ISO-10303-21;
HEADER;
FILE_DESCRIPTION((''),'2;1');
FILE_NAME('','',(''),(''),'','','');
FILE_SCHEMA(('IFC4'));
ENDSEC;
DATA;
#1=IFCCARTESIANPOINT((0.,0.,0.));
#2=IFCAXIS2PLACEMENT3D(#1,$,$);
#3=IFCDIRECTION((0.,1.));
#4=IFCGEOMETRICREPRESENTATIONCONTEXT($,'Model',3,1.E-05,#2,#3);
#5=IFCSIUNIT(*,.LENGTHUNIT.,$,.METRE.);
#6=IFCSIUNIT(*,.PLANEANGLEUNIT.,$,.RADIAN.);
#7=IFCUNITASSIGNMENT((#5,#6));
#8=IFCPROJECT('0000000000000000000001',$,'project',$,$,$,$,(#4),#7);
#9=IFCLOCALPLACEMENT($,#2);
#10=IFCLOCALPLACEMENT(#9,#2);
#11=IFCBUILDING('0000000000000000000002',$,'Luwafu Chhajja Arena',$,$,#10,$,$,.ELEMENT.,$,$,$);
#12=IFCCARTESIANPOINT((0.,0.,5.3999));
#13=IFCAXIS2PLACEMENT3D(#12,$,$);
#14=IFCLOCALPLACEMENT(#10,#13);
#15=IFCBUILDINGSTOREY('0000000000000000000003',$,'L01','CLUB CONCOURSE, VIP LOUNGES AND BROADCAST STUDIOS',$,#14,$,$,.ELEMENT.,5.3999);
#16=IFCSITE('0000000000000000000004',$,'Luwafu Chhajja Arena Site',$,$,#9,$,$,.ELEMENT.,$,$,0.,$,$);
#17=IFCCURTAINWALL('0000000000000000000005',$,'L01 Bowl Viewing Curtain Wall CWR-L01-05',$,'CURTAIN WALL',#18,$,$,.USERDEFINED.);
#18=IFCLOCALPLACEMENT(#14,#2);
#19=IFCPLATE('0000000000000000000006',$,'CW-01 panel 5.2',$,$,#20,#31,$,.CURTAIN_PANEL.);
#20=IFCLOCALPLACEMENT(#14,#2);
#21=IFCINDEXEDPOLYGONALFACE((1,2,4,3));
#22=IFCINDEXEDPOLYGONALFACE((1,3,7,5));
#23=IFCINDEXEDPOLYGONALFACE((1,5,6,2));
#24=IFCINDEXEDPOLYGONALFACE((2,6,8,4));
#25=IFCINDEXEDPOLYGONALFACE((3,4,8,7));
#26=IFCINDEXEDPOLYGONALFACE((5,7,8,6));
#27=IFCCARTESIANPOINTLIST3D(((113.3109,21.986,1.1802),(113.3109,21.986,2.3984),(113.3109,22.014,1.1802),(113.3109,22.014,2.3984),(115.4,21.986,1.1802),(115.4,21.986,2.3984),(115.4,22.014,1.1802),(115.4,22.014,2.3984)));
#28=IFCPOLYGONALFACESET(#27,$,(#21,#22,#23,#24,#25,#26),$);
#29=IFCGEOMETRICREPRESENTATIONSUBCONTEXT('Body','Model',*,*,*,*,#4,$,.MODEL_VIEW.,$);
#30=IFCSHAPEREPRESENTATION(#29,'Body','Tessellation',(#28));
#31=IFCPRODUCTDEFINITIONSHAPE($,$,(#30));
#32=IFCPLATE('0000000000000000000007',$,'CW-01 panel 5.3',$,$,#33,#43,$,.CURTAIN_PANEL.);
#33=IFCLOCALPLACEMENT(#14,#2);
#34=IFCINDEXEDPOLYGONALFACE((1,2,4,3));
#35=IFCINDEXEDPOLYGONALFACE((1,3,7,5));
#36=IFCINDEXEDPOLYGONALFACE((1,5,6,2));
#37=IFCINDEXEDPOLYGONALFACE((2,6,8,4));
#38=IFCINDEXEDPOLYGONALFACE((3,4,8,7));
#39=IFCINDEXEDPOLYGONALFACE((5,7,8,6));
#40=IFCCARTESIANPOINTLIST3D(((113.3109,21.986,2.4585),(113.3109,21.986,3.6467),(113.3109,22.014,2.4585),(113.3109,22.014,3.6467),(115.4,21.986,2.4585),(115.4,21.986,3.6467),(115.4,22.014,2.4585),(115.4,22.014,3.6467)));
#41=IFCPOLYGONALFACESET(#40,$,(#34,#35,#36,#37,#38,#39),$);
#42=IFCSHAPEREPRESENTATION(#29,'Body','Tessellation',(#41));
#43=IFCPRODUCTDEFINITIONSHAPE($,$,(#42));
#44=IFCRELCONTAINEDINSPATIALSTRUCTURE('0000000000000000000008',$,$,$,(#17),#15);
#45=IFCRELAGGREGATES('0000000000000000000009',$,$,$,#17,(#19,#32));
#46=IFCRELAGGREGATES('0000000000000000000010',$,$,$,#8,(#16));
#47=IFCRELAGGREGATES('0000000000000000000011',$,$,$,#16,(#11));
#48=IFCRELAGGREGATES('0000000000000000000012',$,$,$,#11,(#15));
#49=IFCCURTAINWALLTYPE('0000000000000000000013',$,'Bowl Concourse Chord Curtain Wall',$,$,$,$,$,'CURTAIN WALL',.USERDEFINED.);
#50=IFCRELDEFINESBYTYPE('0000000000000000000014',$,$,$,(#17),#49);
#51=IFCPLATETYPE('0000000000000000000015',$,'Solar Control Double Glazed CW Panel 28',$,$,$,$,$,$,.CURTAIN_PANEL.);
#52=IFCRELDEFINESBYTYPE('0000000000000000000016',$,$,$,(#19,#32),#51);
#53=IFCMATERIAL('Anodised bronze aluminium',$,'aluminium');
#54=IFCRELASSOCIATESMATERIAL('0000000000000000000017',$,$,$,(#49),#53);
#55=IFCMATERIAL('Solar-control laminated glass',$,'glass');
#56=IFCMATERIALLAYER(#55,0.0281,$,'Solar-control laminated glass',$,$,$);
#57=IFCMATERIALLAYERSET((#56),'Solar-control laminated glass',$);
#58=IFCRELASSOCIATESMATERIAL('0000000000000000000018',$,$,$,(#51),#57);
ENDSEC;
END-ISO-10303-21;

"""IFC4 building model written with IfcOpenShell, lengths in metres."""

from ifc_helpers import new_model, si_unit, direction, frame, origin, origin_2d, place, context, subcontext, project, spatial, rectangle, extrude, material, layer, layer_set, type_object, element, aggregate, save


model = new_model("IFC4")

# Units and contexts
model_context = context("Model", 3, precision=1e-05, world=origin(), true_north=direction((0.0, 1.0)))
body_context = subcontext(model_context, "Body", "Model", "MODEL_VIEW")
ifc_project = project(units=[si_unit("LENGTHUNIT", "METRE"), si_unit("PLANEANGLEUNIT", "RADIAN")], contexts=[model_context])

# Site, building, storey
site_placement = place(None, origin())
site = spatial("IfcSite", under=ifc_project, at=site_placement, Name="Luwafu Chhajja Arena Site", CompositionType="ELEMENT", RefElevation=0.0)
building_placement = place(site_placement, origin())
building = spatial("IfcBuilding", under=site, at=building_placement, Name="Luwafu Chhajja Arena", CompositionType="ELEMENT")
storey_placement = place(building_placement, frame((0.0, 0.0, 5.3999)))
storey = spatial("IfcBuildingStorey", under=building, at=storey_placement, Name="L01", Description="CLUB CONCOURSE, VIP LOUNGES AND BROADCAST STUDIOS", CompositionType="ELEMENT", Elevation=5.3999)

# Curtain wall
ifc_material_1 = material(Name="Anodised bronze aluminium", Category="aluminium")
curtain_wall_type = type_object("IfcCurtainWallType", Name="Bowl Concourse Chord Curtain Wall", ElementType="CURTAIN WALL", PredefinedType="USERDEFINED", material=ifc_material_1)
curtain_wall_1_placement = place(storey_placement, origin())
curtain_wall_1 = element("IfcCurtainWall", 1, at=curtain_wall_1_placement, inside=storey, type_object=curtain_wall_type, Name="L01 Bowl Viewing Curtain Wall CWR-L01-05", ObjectType="CURTAIN WALL", PredefinedType="USERDEFINED")

# Plates
ifc_material_2 = material(Name="Solar-control laminated glass", Category="glass")
ifc_layer_1 = layer(ifc_material_2, 0.0281, Name="Solar-control laminated glass")
ifc_layer_set_1 = layer_set([ifc_layer_1], Name="Solar-control laminated glass")
plate_type_1 = type_object("IfcPlateType", Name="Solar Control Double Glazed CW Panel 28", PredefinedType="CURTAIN_PANEL", material=ifc_layer_set_1)
plate_1_placement = place(storey_placement, frame((114.3555, 22.0, 1.1802), z_axis=(0.0, 0.0, 1.0), x_axis=(1.0, 0.0, 0.0)))
plate_1 = element("IfcPlate", 2, at=plate_1_placement, type_object=plate_type_1, Name="CW-01 panel 5.2", PredefinedType="CURTAIN_PANEL", context=body_context, shape_type="SweptSolid", body=[
    extrude(rectangle(XDim=2.0891, YDim=0.0281, at=origin_2d()), origin(), (0.0, 0.0, 1.0), 1.2183),
])
plate_2_placement = place(storey_placement, frame((114.3555, 22.0, 2.4585), z_axis=(0.0, 0.0, 1.0), x_axis=(1.0, 0.0, 0.0)))
plate_2 = element("IfcPlate", 3, at=plate_2_placement, type_object=plate_type_1, Name="CW-01 panel 5.3", PredefinedType="CURTAIN_PANEL", context=body_context, shape_type="SweptSolid", body=[
    extrude(rectangle(XDim=2.0891, YDim=0.0281, at=origin_2d()), origin(), (0.0, 0.0, 1.0), 1.1882),
])
aggregate(curtain_wall_1, [plate_1, plate_2])

save(model, "model.ifc")
